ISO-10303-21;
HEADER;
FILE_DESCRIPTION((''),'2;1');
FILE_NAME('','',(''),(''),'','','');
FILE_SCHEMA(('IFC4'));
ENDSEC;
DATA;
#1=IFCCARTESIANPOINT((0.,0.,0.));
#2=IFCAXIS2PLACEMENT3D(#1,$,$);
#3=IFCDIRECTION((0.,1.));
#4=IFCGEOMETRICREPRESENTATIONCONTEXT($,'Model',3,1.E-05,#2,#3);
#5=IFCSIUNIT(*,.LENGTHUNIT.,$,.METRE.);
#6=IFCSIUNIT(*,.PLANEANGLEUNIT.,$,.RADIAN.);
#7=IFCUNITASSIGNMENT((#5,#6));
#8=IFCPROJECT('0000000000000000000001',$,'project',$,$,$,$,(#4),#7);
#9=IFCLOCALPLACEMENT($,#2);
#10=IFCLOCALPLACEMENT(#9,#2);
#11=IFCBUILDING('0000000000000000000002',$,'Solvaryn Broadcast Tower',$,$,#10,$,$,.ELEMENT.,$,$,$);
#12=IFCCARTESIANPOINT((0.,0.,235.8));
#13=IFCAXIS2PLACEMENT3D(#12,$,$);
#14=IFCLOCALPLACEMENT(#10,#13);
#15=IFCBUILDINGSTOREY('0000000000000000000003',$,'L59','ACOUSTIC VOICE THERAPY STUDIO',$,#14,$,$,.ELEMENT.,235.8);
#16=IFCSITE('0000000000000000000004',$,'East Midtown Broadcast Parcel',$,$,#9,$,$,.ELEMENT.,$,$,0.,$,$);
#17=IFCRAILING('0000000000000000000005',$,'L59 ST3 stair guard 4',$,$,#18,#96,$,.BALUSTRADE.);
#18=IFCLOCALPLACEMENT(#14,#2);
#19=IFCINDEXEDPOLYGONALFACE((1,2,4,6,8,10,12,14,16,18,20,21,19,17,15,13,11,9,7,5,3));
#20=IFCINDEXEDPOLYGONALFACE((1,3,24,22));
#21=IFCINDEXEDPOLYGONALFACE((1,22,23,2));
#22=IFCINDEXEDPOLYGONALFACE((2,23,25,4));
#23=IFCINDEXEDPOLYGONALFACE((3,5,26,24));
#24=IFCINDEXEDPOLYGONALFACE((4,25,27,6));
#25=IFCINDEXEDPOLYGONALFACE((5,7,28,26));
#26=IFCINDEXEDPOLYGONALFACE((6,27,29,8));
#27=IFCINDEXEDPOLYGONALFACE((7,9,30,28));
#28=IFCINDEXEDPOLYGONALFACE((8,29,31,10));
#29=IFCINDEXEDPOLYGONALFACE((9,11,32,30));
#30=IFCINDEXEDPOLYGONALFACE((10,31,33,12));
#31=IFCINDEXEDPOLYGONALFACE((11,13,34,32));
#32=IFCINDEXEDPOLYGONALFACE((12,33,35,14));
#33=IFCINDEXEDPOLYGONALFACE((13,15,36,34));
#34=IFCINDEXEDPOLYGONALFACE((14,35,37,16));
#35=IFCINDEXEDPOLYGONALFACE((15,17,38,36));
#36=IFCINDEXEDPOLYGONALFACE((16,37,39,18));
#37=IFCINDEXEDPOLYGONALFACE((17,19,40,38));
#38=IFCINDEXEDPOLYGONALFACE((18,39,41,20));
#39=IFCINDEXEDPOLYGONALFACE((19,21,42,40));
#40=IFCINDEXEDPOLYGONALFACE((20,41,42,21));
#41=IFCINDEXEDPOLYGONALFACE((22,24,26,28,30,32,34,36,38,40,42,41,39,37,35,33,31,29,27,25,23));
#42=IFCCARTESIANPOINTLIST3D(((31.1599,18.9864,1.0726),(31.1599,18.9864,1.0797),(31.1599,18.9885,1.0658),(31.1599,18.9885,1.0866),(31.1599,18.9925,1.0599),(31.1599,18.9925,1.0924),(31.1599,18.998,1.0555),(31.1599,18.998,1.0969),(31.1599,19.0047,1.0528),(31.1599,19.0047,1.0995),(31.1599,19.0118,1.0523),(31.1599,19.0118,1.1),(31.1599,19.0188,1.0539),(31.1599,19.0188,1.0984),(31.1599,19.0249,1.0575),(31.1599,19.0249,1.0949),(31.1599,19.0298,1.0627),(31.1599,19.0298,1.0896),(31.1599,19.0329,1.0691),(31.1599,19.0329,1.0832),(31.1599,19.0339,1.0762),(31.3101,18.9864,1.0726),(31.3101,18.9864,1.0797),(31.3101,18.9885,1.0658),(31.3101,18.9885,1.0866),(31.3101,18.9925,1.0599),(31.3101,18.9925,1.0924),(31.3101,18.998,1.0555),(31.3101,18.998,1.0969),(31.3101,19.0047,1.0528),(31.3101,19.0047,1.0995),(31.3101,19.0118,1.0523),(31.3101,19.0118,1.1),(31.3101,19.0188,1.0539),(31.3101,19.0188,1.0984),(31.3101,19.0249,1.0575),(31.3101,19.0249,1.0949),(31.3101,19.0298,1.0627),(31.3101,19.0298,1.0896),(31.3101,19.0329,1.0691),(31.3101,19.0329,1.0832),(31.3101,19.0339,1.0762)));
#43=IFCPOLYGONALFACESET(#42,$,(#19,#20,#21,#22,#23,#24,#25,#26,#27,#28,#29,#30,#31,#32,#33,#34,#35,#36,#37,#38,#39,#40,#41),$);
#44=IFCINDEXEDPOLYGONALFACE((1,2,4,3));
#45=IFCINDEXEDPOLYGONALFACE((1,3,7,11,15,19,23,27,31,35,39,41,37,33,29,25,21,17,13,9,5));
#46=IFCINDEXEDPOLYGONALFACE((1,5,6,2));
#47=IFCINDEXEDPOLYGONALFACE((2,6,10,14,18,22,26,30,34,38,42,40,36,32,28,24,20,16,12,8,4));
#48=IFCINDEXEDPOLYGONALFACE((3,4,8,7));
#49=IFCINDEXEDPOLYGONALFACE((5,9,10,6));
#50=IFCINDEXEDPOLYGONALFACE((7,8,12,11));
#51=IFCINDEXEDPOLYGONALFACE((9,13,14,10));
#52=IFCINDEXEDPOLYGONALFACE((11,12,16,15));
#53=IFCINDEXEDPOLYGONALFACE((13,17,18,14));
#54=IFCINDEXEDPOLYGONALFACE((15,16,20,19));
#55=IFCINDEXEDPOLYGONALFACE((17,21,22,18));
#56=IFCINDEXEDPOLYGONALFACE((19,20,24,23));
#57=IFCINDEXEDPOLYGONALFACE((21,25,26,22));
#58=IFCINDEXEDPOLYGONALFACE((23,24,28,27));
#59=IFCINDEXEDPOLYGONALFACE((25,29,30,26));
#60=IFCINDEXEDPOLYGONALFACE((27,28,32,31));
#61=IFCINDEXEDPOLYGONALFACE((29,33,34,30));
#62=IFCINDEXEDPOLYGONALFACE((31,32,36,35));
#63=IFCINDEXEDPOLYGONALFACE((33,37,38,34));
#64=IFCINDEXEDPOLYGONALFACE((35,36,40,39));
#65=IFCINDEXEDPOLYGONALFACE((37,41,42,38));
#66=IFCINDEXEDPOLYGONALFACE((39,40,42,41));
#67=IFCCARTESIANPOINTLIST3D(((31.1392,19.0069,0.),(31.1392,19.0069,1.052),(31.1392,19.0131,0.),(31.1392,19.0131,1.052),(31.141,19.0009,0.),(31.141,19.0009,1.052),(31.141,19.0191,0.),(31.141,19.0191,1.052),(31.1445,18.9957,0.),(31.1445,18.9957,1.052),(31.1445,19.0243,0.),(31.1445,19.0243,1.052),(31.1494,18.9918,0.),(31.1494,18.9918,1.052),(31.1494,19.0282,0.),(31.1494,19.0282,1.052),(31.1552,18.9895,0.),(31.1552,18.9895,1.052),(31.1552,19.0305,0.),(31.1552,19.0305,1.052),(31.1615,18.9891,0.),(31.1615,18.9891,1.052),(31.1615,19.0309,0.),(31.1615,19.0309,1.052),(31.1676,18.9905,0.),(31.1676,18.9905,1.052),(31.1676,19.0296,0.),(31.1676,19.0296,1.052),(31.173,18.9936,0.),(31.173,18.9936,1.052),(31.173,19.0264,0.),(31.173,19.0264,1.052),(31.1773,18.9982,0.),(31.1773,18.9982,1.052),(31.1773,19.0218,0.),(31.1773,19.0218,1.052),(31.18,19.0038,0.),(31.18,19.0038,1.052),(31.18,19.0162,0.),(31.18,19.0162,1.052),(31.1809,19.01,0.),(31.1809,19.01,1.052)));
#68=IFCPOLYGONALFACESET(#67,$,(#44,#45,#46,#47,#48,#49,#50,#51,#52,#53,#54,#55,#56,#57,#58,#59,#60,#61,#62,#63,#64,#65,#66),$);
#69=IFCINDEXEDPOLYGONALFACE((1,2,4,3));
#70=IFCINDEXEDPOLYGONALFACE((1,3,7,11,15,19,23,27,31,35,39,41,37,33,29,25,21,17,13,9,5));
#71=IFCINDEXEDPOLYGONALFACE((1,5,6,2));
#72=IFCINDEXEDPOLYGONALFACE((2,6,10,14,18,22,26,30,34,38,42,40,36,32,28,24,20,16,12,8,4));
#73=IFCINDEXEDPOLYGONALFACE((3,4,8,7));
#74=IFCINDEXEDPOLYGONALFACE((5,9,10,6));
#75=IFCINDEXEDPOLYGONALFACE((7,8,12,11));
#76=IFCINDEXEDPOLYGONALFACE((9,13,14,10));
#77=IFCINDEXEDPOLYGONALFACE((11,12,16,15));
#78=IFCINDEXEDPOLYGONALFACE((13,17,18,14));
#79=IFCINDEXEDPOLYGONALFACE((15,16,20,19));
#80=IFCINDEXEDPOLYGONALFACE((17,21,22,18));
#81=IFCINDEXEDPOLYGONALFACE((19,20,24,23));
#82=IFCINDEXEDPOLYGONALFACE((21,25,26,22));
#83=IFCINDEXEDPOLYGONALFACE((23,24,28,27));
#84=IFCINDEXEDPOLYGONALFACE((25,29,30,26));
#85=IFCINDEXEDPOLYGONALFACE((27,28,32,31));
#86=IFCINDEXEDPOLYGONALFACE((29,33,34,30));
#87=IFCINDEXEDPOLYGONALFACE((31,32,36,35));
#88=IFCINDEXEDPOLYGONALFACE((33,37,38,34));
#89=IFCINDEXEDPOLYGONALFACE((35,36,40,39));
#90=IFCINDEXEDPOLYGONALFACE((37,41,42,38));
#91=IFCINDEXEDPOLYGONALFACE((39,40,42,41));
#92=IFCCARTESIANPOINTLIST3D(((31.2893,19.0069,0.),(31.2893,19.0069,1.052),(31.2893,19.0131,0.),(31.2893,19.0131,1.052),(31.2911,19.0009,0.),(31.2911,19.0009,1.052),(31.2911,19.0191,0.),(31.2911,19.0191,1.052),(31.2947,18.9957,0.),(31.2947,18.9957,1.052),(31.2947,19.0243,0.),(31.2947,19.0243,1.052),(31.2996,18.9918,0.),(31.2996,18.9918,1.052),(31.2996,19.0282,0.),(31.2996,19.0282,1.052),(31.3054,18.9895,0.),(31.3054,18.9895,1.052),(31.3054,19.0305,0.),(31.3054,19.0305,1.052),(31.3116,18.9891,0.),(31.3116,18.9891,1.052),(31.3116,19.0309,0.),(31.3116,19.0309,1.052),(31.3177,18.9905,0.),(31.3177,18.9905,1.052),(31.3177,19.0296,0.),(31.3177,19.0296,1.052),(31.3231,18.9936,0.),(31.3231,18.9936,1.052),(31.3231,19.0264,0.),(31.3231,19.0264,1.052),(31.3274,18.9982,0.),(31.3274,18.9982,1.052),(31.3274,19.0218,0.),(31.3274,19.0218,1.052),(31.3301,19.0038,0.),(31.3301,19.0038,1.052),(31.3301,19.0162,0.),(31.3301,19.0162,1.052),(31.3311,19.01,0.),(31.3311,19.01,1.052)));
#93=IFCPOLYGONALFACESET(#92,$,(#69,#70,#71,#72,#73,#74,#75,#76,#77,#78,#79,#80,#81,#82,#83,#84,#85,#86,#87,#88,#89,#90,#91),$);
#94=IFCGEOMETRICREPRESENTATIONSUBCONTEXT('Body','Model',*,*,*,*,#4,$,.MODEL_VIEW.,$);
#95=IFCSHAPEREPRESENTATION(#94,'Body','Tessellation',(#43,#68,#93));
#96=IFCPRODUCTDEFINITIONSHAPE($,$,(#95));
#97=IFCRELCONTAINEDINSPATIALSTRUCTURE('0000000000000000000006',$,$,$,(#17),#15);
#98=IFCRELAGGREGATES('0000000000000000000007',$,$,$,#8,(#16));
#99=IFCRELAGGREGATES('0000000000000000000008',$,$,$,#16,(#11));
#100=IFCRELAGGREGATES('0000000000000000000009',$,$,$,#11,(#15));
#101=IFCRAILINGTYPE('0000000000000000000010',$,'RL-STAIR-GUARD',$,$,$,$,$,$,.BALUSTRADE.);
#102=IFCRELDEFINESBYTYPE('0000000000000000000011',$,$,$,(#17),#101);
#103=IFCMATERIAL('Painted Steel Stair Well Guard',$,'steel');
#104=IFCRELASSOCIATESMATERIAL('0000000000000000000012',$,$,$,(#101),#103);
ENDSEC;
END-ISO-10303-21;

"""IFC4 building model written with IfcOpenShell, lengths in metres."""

from ifc_helpers import new_model, si_unit, direction, frame, origin, origin_2d, place, context, subcontext, project, spatial, circle, extrude, material, type_object, element, save


model = new_model("IFC4")

# Units and contexts
model_context = context("Model", 3, precision=1e-05, world=origin(), true_north=direction((0.0, 1.0)))
body_context = subcontext(model_context, "Body", "Model", "MODEL_VIEW")
ifc_project = project(units=[si_unit("LENGTHUNIT", "METRE"), si_unit("PLANEANGLEUNIT", "RADIAN")], contexts=[model_context])

# Site, building, storey
site_placement = place(None, origin())
site = spatial("IfcSite", under=ifc_project, at=site_placement, Name="East Midtown Broadcast Parcel", CompositionType="ELEMENT", RefElevation=0.0)
building_placement = place(site_placement, origin())
building = spatial("IfcBuilding", under=site, at=building_placement, Name="Solvaryn Broadcast Tower", CompositionType="ELEMENT")
storey_placement = place(building_placement, frame((0.0, 0.0, 235.8)))
storey = spatial("IfcBuildingStorey", under=building, at=storey_placement, Name="L59", Description="ACOUSTIC VOICE THERAPY STUDIO", CompositionType="ELEMENT", Elevation=235.8)

# Railing
ifc_material_1 = material(Name="Painted Steel Stair Well Guard", Category="steel")
railing_type_1 = type_object("IfcRailingType", Name="RL-STAIR-GUARD", PredefinedType="BALUSTRADE", material=ifc_material_1)
railing_1_placement = place(storey_placement, frame((31.1599, 19.01, 0.0)))
element("IfcRailing", 1, at=railing_1_placement, inside=storey, type_object=railing_type_1, Name="L59 ST3 stair guard 4", PredefinedType="BALUSTRADE", context=body_context, shape_type="SweptSolid", body=[
    extrude(circle(Radius=0.0239, at=origin_2d()), frame((0.0, 0.0, 1.0762), z_axis=(1.0, 0.0, 0.0), x_axis=(0.0, 1.0, 0.0)), (0.0, 0.0, 1.0), 0.1501),
    extrude(circle(Radius=0.021, at=origin_2d()), origin(), (0.0, 0.0, 1.0), 1.052),
    extrude(circle(Radius=0.021, at=origin_2d()), frame((0.1501, 0.0, 0.0)), (0.0, 0.0, 1.0), 1.052),
])

save(model, "model.ifc")
